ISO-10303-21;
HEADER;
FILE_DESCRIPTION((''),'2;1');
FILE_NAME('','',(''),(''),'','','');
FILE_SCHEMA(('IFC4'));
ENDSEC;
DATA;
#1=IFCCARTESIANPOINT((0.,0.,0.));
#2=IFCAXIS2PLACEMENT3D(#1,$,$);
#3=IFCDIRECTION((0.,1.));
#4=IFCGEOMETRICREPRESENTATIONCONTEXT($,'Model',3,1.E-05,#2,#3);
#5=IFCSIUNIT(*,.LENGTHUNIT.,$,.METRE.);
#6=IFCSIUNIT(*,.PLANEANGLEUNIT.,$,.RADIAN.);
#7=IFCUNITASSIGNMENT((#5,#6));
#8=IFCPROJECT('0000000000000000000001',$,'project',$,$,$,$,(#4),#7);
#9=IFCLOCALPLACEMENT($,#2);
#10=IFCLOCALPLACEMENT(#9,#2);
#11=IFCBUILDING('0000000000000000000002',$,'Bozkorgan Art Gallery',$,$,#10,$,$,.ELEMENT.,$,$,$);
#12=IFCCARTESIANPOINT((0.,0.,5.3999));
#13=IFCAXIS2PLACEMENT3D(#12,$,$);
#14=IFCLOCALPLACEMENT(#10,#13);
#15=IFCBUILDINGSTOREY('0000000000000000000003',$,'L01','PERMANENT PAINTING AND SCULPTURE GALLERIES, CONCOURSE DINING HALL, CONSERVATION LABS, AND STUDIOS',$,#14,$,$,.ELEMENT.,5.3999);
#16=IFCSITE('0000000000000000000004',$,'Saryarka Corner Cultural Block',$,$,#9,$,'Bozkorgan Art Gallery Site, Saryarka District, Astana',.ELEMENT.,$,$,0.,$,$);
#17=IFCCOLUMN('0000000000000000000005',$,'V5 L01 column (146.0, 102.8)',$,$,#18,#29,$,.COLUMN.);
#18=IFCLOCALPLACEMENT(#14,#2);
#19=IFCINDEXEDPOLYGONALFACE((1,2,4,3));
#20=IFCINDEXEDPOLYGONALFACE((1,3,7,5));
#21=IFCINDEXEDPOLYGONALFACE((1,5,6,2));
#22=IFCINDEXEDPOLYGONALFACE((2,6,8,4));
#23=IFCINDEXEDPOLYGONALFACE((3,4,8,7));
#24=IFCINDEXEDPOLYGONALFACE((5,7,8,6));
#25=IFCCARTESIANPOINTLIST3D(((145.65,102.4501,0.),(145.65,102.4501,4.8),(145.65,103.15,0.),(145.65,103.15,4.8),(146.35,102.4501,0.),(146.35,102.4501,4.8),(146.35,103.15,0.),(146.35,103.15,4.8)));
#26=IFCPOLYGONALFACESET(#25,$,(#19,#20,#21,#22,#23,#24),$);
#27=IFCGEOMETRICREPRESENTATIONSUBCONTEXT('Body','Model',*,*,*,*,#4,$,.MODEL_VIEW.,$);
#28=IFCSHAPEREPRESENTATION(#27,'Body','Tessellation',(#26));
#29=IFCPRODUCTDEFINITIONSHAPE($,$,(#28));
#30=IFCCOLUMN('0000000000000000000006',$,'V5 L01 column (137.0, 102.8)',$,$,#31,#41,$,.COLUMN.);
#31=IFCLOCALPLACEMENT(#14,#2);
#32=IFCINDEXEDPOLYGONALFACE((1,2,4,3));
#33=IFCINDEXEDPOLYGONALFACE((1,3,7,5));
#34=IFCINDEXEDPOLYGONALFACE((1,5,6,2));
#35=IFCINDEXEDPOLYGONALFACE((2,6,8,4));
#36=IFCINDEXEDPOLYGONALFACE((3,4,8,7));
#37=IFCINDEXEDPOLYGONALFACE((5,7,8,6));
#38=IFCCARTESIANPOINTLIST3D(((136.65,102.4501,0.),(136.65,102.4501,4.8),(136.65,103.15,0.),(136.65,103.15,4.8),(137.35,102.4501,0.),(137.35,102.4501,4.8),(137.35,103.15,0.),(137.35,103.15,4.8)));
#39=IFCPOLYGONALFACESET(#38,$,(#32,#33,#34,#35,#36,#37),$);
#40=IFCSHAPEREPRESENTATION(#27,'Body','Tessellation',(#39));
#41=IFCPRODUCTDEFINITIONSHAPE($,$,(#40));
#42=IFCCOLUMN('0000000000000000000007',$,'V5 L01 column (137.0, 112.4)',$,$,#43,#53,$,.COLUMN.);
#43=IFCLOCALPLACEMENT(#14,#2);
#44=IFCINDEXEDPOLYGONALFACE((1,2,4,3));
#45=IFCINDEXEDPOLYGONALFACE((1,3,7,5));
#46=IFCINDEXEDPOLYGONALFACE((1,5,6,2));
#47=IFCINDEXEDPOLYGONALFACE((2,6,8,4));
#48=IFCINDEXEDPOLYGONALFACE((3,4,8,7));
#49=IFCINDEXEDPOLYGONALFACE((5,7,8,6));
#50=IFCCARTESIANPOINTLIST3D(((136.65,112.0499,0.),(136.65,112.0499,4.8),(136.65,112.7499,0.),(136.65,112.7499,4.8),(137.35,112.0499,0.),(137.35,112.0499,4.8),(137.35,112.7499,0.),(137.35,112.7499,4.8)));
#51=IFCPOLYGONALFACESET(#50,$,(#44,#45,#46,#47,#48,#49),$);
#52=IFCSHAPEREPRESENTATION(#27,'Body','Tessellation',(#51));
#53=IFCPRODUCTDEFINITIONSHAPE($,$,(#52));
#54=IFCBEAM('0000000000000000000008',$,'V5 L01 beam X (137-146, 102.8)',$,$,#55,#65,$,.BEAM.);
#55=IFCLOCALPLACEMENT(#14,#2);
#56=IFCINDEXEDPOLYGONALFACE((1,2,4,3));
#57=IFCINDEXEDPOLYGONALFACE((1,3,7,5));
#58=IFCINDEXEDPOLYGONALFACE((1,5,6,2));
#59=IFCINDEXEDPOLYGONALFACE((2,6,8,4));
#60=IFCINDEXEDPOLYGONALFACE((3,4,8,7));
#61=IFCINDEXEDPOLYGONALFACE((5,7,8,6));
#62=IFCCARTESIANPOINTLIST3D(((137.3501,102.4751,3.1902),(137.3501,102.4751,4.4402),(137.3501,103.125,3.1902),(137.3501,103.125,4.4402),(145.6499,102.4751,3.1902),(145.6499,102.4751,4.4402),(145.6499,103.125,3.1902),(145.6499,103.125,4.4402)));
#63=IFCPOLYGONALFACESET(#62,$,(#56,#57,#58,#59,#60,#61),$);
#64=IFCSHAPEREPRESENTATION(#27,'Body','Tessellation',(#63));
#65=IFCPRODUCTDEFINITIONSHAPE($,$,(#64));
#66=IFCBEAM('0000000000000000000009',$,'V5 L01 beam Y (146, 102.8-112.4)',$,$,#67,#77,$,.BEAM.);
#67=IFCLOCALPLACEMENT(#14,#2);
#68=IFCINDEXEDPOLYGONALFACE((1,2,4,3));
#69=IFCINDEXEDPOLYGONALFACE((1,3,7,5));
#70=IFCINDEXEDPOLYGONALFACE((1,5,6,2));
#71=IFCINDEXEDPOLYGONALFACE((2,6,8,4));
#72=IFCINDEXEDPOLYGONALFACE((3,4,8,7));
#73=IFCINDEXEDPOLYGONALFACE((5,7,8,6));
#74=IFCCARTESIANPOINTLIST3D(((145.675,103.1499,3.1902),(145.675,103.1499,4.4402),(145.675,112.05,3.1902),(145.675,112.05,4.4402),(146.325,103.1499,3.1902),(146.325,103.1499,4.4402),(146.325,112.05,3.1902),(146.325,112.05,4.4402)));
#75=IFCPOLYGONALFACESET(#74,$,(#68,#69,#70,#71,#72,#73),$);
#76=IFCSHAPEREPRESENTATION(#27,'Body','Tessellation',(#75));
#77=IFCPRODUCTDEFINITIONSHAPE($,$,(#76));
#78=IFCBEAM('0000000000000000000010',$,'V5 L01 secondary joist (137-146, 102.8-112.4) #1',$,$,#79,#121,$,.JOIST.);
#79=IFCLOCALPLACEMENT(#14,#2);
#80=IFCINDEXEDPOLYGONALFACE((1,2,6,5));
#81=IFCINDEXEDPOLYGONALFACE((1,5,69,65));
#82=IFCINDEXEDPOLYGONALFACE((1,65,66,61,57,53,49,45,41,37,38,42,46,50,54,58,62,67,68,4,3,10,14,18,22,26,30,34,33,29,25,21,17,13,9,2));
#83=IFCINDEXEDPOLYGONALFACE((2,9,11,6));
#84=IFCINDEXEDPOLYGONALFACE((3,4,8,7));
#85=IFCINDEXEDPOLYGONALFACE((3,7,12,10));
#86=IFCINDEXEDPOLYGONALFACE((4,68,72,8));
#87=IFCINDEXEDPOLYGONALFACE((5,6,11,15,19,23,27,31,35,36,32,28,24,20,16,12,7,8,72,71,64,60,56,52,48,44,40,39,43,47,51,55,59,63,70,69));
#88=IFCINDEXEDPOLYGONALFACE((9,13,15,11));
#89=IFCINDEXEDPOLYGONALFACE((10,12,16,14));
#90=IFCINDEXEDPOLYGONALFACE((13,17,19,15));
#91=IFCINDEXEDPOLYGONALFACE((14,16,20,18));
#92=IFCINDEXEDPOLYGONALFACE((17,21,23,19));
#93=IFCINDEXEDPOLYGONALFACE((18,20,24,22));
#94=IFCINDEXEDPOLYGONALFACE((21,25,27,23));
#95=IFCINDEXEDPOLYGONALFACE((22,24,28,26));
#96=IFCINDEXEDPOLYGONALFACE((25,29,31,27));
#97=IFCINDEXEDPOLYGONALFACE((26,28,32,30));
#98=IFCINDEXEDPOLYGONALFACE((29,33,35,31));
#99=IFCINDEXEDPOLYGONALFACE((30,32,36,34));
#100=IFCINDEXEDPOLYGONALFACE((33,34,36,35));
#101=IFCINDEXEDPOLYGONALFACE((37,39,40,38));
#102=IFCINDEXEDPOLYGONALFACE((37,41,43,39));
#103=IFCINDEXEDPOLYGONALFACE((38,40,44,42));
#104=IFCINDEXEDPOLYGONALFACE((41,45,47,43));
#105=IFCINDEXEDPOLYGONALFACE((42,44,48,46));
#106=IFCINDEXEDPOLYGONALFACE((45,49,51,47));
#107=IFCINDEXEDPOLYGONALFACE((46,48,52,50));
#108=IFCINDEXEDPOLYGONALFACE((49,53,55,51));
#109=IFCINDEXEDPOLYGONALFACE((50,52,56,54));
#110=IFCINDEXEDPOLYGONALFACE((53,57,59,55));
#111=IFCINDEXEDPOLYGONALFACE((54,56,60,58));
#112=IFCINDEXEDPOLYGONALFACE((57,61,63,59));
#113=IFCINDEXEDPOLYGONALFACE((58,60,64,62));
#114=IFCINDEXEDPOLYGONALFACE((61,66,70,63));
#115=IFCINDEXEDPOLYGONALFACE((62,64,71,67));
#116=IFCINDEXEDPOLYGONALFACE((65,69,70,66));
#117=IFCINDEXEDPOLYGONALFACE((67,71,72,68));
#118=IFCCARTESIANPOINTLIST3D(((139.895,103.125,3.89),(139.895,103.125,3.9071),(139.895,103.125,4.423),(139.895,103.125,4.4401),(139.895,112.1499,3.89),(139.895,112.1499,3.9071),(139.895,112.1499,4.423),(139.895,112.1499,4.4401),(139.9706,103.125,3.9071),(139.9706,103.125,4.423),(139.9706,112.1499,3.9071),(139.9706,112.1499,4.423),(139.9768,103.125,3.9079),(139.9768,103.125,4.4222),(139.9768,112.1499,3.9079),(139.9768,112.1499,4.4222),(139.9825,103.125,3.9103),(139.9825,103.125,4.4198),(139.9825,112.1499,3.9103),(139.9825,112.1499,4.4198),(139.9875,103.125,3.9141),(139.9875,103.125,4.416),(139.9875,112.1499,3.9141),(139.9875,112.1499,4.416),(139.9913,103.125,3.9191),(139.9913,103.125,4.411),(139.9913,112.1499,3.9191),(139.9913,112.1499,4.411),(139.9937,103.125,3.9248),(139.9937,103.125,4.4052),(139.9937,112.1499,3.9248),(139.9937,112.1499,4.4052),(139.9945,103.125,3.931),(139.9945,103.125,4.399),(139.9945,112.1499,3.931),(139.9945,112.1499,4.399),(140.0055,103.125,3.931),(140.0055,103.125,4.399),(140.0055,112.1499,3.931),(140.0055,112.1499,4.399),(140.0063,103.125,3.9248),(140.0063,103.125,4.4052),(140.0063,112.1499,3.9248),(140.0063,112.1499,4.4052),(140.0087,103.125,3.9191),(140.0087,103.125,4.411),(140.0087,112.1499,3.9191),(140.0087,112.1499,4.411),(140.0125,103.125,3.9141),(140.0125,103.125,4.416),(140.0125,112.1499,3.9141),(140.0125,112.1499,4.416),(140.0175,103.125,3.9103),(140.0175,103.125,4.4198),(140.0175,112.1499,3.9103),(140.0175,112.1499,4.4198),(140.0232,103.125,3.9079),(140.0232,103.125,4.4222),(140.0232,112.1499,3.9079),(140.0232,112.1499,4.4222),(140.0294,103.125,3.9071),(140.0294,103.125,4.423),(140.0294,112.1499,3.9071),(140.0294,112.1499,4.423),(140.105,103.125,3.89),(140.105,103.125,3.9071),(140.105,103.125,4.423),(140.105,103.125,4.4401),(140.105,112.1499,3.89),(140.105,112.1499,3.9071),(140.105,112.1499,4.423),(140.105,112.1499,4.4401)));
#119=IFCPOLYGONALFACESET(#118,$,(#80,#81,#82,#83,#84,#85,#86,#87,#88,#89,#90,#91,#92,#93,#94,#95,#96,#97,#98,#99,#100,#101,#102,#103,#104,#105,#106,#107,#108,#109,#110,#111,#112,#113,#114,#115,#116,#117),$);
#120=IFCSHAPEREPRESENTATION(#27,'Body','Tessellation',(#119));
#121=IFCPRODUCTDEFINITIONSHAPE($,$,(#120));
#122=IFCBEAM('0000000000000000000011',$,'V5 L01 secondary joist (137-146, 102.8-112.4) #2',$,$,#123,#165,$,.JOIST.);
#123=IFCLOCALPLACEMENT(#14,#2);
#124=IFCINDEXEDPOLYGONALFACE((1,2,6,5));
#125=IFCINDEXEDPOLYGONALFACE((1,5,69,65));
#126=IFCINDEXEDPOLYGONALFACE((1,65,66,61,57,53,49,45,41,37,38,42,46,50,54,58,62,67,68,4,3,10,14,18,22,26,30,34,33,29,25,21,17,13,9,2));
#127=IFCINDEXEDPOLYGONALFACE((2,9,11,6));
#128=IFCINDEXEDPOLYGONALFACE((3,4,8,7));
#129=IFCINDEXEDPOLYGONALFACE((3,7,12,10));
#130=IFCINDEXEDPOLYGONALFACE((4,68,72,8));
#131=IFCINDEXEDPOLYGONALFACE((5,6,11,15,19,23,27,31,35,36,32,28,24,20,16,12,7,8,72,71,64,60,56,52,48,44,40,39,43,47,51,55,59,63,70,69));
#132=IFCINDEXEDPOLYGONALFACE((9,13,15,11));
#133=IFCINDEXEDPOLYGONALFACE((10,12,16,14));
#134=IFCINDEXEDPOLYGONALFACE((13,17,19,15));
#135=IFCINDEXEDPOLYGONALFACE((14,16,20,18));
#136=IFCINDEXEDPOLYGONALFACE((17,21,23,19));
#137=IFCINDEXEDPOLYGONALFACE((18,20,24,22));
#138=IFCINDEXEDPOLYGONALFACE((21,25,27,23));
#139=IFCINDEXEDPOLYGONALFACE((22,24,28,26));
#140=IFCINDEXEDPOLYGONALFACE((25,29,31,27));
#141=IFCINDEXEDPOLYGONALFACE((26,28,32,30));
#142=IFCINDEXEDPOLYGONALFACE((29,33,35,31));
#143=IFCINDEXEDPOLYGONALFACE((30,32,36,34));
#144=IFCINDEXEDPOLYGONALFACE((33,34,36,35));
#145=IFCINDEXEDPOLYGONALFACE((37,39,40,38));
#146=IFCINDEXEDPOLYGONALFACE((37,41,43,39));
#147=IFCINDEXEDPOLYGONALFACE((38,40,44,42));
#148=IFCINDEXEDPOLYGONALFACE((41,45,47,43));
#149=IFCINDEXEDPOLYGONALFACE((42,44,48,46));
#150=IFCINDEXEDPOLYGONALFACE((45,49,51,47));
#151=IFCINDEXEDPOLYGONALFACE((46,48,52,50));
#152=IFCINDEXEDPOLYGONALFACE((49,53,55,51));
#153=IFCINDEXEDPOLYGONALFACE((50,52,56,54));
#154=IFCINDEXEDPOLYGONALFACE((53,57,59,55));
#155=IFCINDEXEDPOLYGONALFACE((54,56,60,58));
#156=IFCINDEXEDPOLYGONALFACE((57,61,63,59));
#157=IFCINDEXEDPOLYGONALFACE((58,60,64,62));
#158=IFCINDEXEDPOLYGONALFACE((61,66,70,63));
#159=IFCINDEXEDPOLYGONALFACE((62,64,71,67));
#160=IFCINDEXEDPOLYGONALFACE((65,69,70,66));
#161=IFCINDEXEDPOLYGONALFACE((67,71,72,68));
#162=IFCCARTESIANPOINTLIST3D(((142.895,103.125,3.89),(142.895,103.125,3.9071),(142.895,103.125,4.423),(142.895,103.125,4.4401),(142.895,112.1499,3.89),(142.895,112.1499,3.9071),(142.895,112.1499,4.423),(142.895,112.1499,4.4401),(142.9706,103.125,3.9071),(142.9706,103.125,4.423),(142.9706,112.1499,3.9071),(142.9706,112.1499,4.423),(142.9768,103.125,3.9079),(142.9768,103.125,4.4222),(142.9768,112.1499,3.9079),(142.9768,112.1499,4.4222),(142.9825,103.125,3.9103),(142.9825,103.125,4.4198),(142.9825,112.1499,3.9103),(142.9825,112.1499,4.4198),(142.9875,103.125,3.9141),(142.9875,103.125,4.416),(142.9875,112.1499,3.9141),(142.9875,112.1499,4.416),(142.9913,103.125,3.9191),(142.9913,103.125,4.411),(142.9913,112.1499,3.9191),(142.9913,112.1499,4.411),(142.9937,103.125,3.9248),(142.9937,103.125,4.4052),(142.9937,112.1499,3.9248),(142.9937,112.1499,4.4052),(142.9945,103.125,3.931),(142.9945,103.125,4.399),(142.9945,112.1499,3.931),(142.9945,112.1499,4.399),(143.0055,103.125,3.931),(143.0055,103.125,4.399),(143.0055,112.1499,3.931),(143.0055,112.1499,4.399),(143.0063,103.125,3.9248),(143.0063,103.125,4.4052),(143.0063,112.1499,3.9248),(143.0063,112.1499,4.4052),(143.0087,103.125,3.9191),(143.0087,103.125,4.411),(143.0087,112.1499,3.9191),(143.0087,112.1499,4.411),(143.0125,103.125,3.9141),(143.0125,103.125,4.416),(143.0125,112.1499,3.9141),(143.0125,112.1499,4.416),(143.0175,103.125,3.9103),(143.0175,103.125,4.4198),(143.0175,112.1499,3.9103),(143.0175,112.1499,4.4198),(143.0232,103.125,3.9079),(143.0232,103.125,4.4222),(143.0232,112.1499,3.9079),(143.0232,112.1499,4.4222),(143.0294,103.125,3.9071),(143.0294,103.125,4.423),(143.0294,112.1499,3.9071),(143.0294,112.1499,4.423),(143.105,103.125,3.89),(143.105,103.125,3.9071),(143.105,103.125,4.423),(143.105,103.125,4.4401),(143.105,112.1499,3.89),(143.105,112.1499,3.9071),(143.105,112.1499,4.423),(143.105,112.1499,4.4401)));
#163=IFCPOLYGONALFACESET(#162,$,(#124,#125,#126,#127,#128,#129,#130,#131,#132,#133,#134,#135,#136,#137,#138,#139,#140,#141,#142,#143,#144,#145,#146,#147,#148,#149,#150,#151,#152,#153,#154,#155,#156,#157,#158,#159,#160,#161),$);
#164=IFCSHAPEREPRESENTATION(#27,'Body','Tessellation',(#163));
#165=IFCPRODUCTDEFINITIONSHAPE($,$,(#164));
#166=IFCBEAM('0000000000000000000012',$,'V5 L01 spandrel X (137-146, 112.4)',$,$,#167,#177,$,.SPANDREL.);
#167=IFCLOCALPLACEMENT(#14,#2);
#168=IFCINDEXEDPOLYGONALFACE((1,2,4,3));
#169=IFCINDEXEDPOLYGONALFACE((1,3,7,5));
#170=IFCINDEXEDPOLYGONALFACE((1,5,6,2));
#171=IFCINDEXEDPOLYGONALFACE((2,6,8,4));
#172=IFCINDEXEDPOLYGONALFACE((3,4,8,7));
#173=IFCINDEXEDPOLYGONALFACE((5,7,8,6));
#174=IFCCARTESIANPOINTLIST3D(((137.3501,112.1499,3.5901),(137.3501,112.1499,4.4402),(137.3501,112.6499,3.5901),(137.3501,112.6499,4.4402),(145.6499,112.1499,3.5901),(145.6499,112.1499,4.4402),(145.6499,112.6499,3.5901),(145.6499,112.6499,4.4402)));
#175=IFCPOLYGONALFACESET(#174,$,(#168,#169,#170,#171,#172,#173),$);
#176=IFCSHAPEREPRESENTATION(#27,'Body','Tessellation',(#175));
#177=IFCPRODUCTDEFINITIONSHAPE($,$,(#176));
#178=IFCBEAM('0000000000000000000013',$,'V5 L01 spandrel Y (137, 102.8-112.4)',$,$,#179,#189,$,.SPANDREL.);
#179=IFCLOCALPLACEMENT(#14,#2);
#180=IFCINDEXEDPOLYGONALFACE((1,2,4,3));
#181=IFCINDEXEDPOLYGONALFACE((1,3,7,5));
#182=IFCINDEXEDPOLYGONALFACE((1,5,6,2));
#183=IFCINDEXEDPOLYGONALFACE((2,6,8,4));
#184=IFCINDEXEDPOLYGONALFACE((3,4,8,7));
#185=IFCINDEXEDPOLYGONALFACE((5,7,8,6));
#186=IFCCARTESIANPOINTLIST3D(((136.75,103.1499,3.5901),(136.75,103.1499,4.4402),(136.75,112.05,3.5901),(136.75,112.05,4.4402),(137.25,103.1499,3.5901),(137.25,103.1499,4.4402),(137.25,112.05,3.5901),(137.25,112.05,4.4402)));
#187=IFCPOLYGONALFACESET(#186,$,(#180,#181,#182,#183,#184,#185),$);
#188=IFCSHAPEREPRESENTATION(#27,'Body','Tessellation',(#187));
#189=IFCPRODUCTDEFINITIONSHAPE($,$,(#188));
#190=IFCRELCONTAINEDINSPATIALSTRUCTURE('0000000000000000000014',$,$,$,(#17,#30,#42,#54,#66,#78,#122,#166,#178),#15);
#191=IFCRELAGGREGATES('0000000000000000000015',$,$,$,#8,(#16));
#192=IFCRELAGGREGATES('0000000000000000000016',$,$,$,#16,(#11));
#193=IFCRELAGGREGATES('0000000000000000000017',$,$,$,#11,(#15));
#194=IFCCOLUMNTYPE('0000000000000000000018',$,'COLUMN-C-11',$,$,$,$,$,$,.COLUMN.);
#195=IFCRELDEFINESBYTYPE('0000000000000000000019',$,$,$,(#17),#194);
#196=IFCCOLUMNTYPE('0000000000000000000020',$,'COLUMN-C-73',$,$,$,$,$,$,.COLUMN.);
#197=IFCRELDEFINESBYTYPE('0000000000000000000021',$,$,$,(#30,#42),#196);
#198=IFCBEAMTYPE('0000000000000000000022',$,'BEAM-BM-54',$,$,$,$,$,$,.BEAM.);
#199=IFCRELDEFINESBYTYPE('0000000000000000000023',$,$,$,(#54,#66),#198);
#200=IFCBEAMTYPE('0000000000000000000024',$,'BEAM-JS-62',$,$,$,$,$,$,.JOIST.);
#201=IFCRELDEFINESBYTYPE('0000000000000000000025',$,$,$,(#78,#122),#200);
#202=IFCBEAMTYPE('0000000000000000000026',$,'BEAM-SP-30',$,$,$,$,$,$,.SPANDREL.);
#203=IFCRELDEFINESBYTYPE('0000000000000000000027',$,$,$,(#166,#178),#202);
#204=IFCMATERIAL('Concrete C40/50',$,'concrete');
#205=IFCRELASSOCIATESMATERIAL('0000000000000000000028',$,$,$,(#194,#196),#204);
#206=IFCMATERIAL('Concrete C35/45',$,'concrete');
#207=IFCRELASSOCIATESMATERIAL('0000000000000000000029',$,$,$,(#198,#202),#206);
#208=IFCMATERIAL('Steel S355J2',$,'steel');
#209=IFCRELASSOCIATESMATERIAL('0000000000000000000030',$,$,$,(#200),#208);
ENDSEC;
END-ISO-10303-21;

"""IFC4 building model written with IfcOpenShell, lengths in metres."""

from ifc_helpers import new_model, si_unit, direction, frame, origin, origin_2d, place, context, subcontext, project, spatial, rectangle, i_section, extrude, material, material_profile, profile_set, type_object, element, save


model = new_model("IFC4")

# Units and contexts
model_context = context("Model", 3, precision=1e-05, world=origin(), true_north=direction((0.0, 1.0)))
body_context = subcontext(model_context, "Body", "Model", "MODEL_VIEW")
ifc_project = project(units=[si_unit("LENGTHUNIT", "METRE"), si_unit("PLANEANGLEUNIT", "RADIAN")], contexts=[model_context])

# Site, building, storey
site_placement = place(None, origin())
site = spatial("IfcSite", under=ifc_project, at=site_placement, Name="Saryarka Corner Cultural Block", LongName="Bozkorgan Art Gallery Site, Saryarka District, Astana", CompositionType="ELEMENT", RefElevation=0.0)
building_placement = place(site_placement, origin())
building = spatial("IfcBuilding", under=site, at=building_placement, Name="Bozkorgan Art Gallery", CompositionType="ELEMENT")
storey_placement = place(building_placement, frame((0.0, 0.0, 5.3999)))
storey = spatial("IfcBuildingStorey", under=building, at=storey_placement, Name="L01", Description="PERMANENT PAINTING AND SCULPTURE GALLERIES, CONCOURSE DINING HALL, CONSERVATION LABS, AND STUDIOS", CompositionType="ELEMENT", Elevation=5.3999)

# Columns
ifc_material_1 = material(Name="Concrete C40/50", Category="concrete")
ifc_material_profile_1 = material_profile(ifc_material_1, rectangle(XDim=0.7, YDim=0.7, at=origin_2d()), Name="RC 700x700")
ifc_profile_set_1 = profile_set([ifc_material_profile_1], Name="Concrete C40/50")
column_type_1 = type_object("IfcColumnType", Name="COLUMN-C-11", PredefinedType="COLUMN", material=ifc_profile_set_1)
column_placement = place(storey_placement, frame((146.0, 102.8, 0.0), z_axis=(0.0, 0.0, 1.0), x_axis=(1.0, 0.0, 0.0)))
element("IfcColumn", 1, at=column_placement, inside=storey, type_object=column_type_1, Name="V5 L01 column (146.0, 102.8)", PredefinedType="COLUMN", context=body_context, shape_type="SweptSolid", body=[
    extrude(rectangle(XDim=0.7, YDim=0.7, at=origin_2d()), origin(), (0.0, 0.0, 1.0), 4.8),
])
ifc_material_profile_2 = material_profile(ifc_material_1, rectangle(XDim=0.7, YDim=0.7, at=origin_2d()), Name="RC 700x700")
ifc_profile_set_2 = profile_set([ifc_material_profile_2], Name="Concrete C40/50")
column_type_2 = type_object("IfcColumnType", Name="COLUMN-C-73", PredefinedType="COLUMN", material=ifc_profile_set_2)
for number, where, z_axis, x_axis, name in (
    (2, (137.0, 102.8, 0.0), (0.0, 0.0, 1.0), (1.0, 0.0, 0.0), "V5 L01 column (137.0, 102.8)"),
    (3, (137.0, 112.3999, 0.0), (0.0, 0.0, 1.0), (1.0, 0.0, 0.0), "V5 L01 column (137.0, 112.4)"),
):
    element("IfcColumn", number, at=place(storey_placement, frame(where, z_axis=z_axis, x_axis=x_axis)), inside=storey, type_object=column_type_2, Name=name, PredefinedType="COLUMN", context=body_context, shape_type="SweptSolid", body=[
        extrude(rectangle(XDim=0.7, YDim=0.7, at=origin_2d()), origin(), (0.0, 0.0, 1.0), 4.8),
    ])

# Beams
ifc_material_2 = material(Name="Concrete C35/45", Category="concrete")
ifc_material_profile_3 = material_profile(ifc_material_2, rectangle(XDim=0.6499, YDim=1.25, at=origin_2d()), Name="RC 650x1250")
ifc_profile_set_3 = profile_set([ifc_material_profile_3], Name="Concrete C35/45")
beam_type_1 = type_object("IfcBeamType", Name="BEAM-BM-54", PredefinedType="BEAM", material=ifc_profile_set_3)
beam_1_placement = place(storey_placement, frame((137.3501, 102.8, 3.8152), z_axis=(1.0, 0.0, 0.0), x_axis=(0.0, 1.0, 0.0)))
element("IfcBeam", 4, at=beam_1_placement, inside=storey, type_object=beam_type_1, Name="V5 L01 beam X (137-146, 102.8)", PredefinedType="BEAM", context=body_context, shape_type="SweptSolid", body=[
    extrude(rectangle(XDim=0.6499, YDim=1.25, at=origin_2d()), origin(), (0.0, 0.0, 1.0), 8.2998),
])
beam_2_placement = place(storey_placement, frame((146.0, 103.1499, 3.8152), z_axis=(0.0, 1.0, 0.0), x_axis=(-1.0, 0.0, 0.0)))
element("IfcBeam", 5, at=beam_2_placement, inside=storey, type_object=beam_type_1, Name="V5 L01 beam Y (146, 102.8-112.4)", PredefinedType="BEAM", context=body_context, shape_type="SweptSolid", body=[
    extrude(rectangle(XDim=0.6499, YDim=1.25, at=origin_2d()), origin(), (0.0, 0.0, 1.0), 8.9001),
])
ifc_material_3 = material(Name="Steel S355J2", Category="steel")
ifc_material_profile_4 = material_profile(ifc_material_3, i_section(OverallWidth=0.21, OverallDepth=0.55, WebThickness=0.011, FlangeThickness=0.0171, FilletRadius=0.0239, at=origin_2d()), Name="IPE 550")
ifc_profile_set_4 = profile_set([ifc_material_profile_4], Name="Steel S355J2")
beam_type_2 = type_object("IfcBeamType", Name="BEAM-JS-62", PredefinedType="JOIST", material=ifc_profile_set_4)
for number, where, z_axis, x_axis, name in (
    (6, (140.0, 103.125, 4.165), (0.0, 1.0, 0.0), (-1.0, 0.0, 0.0), "V5 L01 secondary joist (137-146, 102.8-112.4) #1"),
    (7, (143.0, 103.125, 4.165), (0.0, 1.0, 0.0), (-1.0, 0.0, 0.0), "V5 L01 secondary joist (137-146, 102.8-112.4) #2"),
):
    element("IfcBeam", number, at=place(storey_placement, frame(where, z_axis=z_axis, x_axis=x_axis)), inside=storey, type_object=beam_type_2, Name=name, PredefinedType="JOIST", context=body_context, shape_type="SweptSolid", body=[
        extrude(i_section(OverallWidth=0.21, OverallDepth=0.55, WebThickness=0.011, FlangeThickness=0.0171, FilletRadius=0.0239, at=origin_2d()), origin(), (0.0, 0.0, 1.0), 9.0249),
    ])
ifc_material_profile_5 = material_profile(ifc_material_2, rectangle(XDim=0.5, YDim=0.8501, at=origin_2d()), Name="RC 500x850")
ifc_profile_set_5 = profile_set([ifc_material_profile_5], Name="Concrete C35/45")
beam_type_3 = type_object("IfcBeamType", Name="BEAM-SP-30", PredefinedType="SPANDREL", material=ifc_profile_set_5)
beam_3_placement = place(storey_placement, frame((137.3501, 112.3999, 4.0151), z_axis=(1.0, 0.0, 0.0), x_axis=(0.0, 1.0, 0.0)))
element("IfcBeam", 8, at=beam_3_placement, inside=storey, type_object=beam_type_3, Name="V5 L01 spandrel X (137-146, 112.4)", PredefinedType="SPANDREL", context=body_context, shape_type="SweptSolid", body=[
    extrude(rectangle(XDim=0.5, YDim=0.8501, at=origin_2d()), origin(), (0.0, 0.0, 1.0), 8.2998),
])
beam_4_placement = place(storey_placement, frame((137.0, 103.1499, 4.0151), z_axis=(0.0, 1.0, 0.0), x_axis=(-1.0, 0.0, 0.0)))
element("IfcBeam", 9, at=beam_4_placement, inside=storey, type_object=beam_type_3, Name="V5 L01 spandrel Y (137, 102.8-112.4)", PredefinedType="SPANDREL", context=body_context, shape_type="SweptSolid", body=[
    extrude(rectangle(XDim=0.5, YDim=0.8501, at=origin_2d()), origin(), (0.0, 0.0, 1.0), 8.9001),
])

save(model, "model.ifc")
